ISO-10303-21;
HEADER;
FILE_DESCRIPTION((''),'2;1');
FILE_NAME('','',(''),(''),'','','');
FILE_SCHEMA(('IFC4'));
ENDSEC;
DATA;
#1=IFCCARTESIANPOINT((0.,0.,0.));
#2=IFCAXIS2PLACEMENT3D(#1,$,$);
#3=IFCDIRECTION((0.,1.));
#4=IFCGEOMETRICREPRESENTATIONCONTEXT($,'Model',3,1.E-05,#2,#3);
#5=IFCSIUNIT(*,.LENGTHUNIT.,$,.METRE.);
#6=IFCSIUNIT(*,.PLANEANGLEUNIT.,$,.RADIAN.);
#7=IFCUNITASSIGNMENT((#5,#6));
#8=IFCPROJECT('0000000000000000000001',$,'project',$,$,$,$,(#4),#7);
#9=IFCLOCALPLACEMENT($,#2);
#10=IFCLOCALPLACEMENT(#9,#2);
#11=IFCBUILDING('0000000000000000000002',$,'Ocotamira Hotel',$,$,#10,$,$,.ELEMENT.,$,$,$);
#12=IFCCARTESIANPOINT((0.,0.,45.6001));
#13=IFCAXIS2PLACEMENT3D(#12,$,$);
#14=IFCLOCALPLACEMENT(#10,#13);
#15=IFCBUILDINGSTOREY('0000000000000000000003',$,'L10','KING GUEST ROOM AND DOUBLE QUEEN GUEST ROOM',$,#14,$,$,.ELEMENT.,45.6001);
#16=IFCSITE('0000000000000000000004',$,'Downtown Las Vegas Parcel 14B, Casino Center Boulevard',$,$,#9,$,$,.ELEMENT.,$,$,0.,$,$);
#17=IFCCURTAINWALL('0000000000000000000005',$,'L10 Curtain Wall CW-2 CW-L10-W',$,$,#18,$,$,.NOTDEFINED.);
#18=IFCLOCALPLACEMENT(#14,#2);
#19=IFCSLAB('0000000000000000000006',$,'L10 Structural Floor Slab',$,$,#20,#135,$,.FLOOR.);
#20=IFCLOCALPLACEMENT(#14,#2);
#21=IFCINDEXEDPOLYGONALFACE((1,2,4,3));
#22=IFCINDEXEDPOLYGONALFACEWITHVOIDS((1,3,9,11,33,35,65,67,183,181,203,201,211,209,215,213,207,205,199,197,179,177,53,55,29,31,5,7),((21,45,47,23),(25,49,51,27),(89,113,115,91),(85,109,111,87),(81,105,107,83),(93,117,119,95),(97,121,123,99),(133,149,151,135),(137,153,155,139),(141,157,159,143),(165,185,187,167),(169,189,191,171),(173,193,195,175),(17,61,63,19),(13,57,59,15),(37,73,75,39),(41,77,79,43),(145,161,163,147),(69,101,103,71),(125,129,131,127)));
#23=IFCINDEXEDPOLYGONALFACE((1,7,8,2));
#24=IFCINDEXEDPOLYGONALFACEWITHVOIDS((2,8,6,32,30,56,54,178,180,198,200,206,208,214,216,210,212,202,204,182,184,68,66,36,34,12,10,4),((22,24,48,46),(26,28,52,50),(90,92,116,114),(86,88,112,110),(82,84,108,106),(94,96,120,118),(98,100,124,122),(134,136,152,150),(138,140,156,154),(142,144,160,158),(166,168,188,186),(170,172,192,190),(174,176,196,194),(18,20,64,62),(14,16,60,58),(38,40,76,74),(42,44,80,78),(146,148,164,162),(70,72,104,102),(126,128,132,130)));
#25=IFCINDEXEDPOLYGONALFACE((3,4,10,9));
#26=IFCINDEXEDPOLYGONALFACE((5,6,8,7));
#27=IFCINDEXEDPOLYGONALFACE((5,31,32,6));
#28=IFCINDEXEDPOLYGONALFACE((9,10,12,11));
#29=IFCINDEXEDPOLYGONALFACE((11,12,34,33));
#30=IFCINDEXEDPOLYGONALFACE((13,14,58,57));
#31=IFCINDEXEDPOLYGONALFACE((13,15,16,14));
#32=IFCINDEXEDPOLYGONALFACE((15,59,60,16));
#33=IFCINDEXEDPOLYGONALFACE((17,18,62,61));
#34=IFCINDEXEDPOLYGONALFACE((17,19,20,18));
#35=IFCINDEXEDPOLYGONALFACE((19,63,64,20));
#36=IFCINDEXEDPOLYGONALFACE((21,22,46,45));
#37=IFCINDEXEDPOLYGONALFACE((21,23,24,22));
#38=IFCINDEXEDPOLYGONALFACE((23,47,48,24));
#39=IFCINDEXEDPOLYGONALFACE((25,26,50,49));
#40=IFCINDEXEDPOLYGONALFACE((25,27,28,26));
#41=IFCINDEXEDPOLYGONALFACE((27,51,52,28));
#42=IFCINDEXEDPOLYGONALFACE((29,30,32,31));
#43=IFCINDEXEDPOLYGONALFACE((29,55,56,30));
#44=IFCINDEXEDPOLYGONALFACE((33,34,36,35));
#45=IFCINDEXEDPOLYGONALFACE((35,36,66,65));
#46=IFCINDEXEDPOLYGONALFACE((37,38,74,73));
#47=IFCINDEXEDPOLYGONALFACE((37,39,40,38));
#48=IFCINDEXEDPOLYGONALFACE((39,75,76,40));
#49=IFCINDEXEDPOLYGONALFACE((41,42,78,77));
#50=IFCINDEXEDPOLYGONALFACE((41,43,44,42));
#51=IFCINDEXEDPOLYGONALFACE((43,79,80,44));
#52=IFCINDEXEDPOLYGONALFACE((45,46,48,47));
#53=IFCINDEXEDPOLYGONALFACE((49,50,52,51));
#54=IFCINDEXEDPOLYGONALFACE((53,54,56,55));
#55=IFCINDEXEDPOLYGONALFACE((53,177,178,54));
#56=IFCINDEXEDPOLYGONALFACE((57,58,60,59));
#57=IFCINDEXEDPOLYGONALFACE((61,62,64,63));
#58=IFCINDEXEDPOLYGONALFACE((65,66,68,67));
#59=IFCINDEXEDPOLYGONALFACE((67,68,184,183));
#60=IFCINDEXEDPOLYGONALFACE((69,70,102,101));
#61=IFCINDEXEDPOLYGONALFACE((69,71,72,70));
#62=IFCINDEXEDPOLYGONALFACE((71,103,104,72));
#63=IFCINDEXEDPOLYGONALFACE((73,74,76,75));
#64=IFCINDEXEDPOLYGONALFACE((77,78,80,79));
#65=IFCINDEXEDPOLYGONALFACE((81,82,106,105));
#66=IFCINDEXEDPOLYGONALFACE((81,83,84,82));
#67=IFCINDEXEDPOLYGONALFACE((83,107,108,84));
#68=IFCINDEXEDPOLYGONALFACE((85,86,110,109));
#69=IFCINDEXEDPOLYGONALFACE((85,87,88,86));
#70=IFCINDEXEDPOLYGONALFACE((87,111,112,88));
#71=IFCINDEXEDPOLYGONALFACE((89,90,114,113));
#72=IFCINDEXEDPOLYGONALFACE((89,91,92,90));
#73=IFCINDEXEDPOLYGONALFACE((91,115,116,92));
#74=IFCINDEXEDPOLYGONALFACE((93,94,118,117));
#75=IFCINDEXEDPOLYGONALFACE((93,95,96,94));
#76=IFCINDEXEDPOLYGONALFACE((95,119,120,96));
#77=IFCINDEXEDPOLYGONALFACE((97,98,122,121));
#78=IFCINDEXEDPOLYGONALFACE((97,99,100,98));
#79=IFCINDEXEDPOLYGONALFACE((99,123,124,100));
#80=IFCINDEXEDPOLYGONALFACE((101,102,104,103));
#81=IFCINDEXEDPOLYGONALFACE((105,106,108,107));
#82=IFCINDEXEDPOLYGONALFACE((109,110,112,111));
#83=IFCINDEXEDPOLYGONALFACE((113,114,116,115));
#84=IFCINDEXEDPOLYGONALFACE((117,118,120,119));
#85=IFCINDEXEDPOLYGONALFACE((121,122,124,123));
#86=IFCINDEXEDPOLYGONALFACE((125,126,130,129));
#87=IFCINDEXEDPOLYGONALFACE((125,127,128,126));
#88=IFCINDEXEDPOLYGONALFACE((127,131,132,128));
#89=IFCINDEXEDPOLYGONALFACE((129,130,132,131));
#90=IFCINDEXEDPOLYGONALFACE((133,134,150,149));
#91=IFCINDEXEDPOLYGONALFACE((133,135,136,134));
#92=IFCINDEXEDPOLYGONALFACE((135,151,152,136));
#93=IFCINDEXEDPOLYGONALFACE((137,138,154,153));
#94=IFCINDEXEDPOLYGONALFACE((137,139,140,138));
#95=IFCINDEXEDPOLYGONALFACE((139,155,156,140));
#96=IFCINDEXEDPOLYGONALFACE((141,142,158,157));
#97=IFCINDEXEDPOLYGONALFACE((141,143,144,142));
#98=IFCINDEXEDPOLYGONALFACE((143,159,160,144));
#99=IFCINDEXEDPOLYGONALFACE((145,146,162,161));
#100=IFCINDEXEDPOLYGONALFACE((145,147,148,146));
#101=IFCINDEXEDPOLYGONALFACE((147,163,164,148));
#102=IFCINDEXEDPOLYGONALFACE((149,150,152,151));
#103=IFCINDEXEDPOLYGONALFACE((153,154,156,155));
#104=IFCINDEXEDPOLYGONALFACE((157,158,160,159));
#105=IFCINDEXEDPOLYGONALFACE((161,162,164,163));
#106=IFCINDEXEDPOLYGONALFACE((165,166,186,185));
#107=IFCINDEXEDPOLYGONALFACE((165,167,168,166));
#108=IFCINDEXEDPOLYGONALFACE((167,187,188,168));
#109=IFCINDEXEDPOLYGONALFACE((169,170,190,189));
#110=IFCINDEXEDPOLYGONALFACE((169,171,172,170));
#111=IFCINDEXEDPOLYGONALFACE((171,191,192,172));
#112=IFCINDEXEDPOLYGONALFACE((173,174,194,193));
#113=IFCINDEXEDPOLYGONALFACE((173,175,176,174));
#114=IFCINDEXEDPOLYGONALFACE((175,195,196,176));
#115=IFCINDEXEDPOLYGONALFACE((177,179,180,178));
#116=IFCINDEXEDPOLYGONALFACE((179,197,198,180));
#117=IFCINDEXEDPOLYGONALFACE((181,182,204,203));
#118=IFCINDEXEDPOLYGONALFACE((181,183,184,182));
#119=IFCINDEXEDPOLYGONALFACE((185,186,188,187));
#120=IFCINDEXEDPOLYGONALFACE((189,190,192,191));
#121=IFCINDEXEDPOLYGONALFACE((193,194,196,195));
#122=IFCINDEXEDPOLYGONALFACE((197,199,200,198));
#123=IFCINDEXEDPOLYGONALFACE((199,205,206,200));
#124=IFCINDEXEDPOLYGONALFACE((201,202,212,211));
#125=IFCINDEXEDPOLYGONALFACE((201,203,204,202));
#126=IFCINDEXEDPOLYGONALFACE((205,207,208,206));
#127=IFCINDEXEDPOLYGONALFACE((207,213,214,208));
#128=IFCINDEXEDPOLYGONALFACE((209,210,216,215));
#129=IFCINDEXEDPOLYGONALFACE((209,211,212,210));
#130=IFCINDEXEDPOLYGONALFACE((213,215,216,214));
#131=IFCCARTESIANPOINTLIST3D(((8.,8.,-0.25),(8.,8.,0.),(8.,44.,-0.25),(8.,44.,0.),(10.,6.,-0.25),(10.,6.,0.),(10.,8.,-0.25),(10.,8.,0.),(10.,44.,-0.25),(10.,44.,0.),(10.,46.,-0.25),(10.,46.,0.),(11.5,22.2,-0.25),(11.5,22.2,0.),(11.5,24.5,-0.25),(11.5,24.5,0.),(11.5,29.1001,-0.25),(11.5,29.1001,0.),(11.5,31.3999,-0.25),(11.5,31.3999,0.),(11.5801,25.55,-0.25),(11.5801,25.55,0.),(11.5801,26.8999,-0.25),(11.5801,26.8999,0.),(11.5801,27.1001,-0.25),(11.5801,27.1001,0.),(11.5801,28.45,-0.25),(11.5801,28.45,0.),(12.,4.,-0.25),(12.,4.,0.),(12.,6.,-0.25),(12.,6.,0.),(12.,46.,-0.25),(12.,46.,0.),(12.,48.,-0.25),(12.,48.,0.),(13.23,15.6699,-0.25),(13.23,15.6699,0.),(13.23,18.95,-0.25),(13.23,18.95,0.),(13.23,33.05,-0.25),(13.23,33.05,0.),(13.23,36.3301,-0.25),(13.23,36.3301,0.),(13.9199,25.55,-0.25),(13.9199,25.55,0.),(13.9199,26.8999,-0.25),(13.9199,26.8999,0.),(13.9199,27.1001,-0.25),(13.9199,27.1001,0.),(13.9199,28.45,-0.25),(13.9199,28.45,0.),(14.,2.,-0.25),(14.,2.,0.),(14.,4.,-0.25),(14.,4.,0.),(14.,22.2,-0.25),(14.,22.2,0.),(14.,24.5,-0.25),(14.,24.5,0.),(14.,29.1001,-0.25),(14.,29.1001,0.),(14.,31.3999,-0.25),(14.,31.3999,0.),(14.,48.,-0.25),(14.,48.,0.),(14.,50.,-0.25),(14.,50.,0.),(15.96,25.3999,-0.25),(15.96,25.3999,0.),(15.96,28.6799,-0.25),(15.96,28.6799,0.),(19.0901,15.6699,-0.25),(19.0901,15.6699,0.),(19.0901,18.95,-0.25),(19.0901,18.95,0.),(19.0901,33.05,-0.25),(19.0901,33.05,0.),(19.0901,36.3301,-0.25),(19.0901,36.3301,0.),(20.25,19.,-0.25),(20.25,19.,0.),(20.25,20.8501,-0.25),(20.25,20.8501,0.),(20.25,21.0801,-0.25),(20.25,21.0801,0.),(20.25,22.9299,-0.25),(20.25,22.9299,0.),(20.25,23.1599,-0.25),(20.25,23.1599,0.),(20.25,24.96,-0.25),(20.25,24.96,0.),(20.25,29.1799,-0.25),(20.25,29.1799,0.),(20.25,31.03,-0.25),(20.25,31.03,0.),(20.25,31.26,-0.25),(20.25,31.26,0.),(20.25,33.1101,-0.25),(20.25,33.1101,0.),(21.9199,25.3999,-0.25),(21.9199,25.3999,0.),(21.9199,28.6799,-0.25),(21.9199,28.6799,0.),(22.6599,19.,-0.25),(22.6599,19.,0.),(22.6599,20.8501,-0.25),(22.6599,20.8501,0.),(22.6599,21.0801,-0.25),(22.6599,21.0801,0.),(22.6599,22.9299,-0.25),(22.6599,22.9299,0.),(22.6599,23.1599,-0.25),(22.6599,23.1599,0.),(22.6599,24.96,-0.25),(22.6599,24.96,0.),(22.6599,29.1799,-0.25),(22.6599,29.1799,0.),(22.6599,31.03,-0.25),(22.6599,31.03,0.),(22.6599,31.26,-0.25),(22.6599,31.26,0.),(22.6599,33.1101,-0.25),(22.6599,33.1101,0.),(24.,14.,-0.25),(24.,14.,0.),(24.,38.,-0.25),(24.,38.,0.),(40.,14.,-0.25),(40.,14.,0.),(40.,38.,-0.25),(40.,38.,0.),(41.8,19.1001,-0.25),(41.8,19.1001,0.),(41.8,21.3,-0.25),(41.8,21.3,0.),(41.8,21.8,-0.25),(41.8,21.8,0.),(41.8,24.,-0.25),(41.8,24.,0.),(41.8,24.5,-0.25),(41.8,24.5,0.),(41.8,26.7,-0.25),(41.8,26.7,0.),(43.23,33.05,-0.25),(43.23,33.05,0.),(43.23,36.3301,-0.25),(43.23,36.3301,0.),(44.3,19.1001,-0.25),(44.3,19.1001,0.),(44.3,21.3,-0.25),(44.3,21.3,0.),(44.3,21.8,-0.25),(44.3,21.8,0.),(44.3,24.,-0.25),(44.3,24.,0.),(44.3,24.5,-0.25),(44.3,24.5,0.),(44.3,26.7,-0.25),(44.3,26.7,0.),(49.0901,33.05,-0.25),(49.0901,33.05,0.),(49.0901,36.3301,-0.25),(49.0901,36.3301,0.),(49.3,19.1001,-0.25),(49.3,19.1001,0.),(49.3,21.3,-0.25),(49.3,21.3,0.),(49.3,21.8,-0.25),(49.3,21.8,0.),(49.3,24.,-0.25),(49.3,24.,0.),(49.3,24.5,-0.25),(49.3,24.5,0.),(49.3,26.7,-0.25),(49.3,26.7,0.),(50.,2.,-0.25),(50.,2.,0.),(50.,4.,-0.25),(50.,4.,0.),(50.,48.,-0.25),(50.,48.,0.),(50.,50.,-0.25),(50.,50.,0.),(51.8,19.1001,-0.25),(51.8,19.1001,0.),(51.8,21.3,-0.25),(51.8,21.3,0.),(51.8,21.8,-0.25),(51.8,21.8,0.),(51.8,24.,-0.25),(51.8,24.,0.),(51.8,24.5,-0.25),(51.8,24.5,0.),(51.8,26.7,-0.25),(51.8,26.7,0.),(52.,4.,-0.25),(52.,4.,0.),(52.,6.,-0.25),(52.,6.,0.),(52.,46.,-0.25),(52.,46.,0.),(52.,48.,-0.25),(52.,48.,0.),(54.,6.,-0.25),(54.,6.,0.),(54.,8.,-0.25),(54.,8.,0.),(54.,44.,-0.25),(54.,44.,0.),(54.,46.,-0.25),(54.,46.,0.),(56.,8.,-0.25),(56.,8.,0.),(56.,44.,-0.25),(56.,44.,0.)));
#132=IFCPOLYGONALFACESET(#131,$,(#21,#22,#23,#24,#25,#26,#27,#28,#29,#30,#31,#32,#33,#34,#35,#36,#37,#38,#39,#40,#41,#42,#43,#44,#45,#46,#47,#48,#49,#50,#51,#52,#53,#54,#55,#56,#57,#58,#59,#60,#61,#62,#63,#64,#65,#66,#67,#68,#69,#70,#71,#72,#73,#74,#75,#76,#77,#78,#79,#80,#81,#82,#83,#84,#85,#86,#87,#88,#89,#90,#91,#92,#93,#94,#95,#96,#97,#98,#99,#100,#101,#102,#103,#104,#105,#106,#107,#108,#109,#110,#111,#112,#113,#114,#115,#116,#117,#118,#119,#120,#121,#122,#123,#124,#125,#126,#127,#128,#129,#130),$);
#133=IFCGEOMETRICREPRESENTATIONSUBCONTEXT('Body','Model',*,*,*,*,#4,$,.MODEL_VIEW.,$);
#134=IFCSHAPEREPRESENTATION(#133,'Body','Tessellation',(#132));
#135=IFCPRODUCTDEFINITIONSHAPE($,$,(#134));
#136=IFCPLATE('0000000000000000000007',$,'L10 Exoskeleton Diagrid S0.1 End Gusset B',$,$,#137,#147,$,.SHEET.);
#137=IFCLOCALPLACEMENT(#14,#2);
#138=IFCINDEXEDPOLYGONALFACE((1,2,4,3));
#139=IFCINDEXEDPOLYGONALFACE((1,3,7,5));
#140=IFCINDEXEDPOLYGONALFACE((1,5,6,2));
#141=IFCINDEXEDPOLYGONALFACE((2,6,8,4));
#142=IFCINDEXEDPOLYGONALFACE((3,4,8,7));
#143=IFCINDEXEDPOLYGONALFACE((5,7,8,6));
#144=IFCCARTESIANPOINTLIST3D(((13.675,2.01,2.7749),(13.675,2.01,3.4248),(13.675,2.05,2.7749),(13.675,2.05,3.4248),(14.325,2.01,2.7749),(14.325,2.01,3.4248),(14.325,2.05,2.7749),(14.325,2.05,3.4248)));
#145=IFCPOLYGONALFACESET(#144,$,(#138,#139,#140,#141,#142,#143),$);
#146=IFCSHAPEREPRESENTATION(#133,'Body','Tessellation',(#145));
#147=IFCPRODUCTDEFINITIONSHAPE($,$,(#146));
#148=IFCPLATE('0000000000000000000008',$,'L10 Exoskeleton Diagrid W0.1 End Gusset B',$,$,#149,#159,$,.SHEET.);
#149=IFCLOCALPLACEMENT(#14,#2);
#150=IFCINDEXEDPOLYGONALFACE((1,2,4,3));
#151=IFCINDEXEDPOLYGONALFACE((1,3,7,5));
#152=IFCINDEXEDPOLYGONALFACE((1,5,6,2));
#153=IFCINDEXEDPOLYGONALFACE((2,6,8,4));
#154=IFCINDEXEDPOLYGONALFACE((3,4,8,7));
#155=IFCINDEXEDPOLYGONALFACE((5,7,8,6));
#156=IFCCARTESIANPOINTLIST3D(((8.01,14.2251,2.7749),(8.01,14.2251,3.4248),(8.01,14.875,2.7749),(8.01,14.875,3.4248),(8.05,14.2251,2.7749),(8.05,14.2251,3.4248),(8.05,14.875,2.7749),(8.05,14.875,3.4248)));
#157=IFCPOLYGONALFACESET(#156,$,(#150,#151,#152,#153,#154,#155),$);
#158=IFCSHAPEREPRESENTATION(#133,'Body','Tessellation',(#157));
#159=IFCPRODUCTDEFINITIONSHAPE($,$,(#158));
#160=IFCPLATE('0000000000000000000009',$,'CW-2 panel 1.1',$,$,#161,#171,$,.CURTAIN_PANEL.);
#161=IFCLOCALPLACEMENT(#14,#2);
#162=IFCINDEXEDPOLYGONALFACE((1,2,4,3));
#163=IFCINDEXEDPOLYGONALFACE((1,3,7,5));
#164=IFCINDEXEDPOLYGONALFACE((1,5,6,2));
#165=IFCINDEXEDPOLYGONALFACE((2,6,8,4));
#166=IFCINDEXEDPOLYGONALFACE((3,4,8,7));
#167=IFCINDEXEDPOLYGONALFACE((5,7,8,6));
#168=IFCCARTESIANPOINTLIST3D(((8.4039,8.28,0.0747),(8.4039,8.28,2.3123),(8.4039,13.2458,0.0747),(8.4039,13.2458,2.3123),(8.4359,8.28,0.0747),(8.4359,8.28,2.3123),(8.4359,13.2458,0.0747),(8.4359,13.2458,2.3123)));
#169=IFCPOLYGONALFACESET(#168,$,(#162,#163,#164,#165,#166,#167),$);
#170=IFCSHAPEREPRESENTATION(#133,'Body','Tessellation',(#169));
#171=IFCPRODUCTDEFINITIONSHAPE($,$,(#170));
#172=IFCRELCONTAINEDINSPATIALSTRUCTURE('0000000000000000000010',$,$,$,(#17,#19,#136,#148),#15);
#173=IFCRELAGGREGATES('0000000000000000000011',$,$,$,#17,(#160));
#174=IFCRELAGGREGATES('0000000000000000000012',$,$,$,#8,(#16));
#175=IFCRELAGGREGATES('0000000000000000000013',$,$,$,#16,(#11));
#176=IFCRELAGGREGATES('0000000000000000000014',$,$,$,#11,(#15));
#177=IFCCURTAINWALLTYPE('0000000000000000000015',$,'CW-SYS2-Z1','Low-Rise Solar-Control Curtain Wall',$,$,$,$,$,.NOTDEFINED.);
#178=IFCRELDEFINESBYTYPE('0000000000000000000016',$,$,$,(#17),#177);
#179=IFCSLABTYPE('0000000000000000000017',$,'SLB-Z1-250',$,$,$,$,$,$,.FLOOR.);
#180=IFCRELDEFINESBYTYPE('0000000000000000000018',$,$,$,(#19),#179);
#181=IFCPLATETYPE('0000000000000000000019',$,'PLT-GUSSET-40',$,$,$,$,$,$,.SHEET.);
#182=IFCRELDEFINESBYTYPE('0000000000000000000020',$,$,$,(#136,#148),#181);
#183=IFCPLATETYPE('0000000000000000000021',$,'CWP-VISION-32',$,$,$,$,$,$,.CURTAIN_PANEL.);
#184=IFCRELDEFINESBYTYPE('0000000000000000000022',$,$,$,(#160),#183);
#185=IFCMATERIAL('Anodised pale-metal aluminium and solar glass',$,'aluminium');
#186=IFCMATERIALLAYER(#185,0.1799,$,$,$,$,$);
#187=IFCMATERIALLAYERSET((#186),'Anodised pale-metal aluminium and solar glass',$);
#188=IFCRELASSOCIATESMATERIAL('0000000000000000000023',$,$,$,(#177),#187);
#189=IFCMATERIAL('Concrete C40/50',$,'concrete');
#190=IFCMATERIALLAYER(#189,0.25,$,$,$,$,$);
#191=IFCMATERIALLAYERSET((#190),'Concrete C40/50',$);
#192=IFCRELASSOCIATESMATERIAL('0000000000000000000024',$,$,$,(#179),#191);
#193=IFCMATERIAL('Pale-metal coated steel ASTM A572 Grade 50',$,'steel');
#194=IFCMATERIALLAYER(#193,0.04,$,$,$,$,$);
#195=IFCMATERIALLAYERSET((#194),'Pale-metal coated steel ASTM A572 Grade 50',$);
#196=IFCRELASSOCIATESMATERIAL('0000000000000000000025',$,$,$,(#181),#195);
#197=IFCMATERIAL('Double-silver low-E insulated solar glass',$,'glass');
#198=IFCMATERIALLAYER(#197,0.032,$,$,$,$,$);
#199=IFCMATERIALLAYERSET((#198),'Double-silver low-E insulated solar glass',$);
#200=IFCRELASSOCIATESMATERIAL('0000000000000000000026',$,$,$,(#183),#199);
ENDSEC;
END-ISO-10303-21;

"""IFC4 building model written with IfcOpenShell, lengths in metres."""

from ifc_helpers import new_model, si_unit, direction, frame, origin, origin_2d, place, context, subcontext, project, spatial, polyline, rectangle, outline, extrude, source, transform, mapped, material, layer, layer_set, type_object, element, aggregate, save


model = new_model("IFC4")

# Units and contexts
model_context = context("Model", 3, precision=1e-05, world=origin(), true_north=direction((0.0, 1.0)))
body_context = subcontext(model_context, "Body", "Model", "MODEL_VIEW")
ifc_project = project(units=[si_unit("LENGTHUNIT", "METRE"), si_unit("PLANEANGLEUNIT", "RADIAN")], contexts=[model_context])

# Site, building, storey
site_placement = place(None, origin())
site = spatial("IfcSite", under=ifc_project, at=site_placement, Name="Downtown Las Vegas Parcel 14B, Casino Center Boulevard", CompositionType="ELEMENT", RefElevation=0.0)
building_placement = place(site_placement, origin())
building = spatial("IfcBuilding", under=site, at=building_placement, Name="Ocotamira Hotel", CompositionType="ELEMENT")
storey_placement = place(building_placement, frame((0.0, 0.0, 45.6001)))
storey = spatial("IfcBuildingStorey", under=building, at=storey_placement, Name="L10", Description="KING GUEST ROOM AND DOUBLE QUEEN GUEST ROOM", CompositionType="ELEMENT", Elevation=45.6001)

# Curtain wall
ifc_material_1 = material(Name="Anodised pale-metal aluminium and solar glass", Category="aluminium")
ifc_layer_1 = layer(ifc_material_1, 0.1799)
ifc_layer_set_1 = layer_set([ifc_layer_1], Name="Anodised pale-metal aluminium and solar glass")
curtain_wall_type = type_object("IfcCurtainWallType", Name="CW-SYS2-Z1", Description="Low-Rise Solar-Control Curtain Wall", PredefinedType="NOTDEFINED", material=ifc_layer_set_1)
curtain_wall_placement = place(storey_placement, origin())
curtain_wall = element("IfcCurtainWall", 1, at=curtain_wall_placement, inside=storey, type_object=curtain_wall_type, Name="L10 Curtain Wall CW-2 CW-L10-W", PredefinedType="NOTDEFINED")

# Shared definitions
ifc_material_2 = material(Name="Concrete C40/50", Category="concrete")

# Slab
ifc_layer_2 = layer(ifc_material_2, 0.25)
ifc_layer_set_2 = layer_set([ifc_layer_2], Name="Concrete C40/50")
slab_type_1 = type_object("IfcSlabType", Name="SLB-Z1-250", PredefinedType="FLOOR", material=ifc_layer_set_2)
slab_1_placement = place(storey_placement, frame((0.0, 0.0, -0.25)))
element("IfcSlab", 2, at=slab_1_placement, inside=storey, type_object=slab_type_1, Name="L10 Structural Floor Slab", PredefinedType="FLOOR", context=body_context, shape_type="SweptSolid", body=[
    extrude(outline(polyline([(14.0, 2.0), (50.0, 2.0), (50.0, 4.0), (52.0, 4.0), (52.0, 6.0), (54.0, 6.0), (54.0, 8.0), (56.0, 8.0), (56.0, 44.0), (54.0, 44.0), (54.0, 46.0), (52.0, 46.0), (52.0, 48.0), (50.0, 48.0), (50.0, 50.0), (14.0, 50.0), (14.0, 48.0), (12.0, 48.0), (12.0, 46.0), (10.0, 46.0), (10.0, 44.0), (8.0, 44.0), (8.0, 8.0), (10.0, 8.0), (10.0, 6.0), (12.0, 6.0), (12.0, 4.0), (14.0, 4.0), (14.0, 2.0)]), holes=[polyline([(24.0, 14.0), (40.0, 14.0), (40.0, 38.0), (24.0, 38.0), (24.0, 14.0)]), polyline([(13.23, 15.6699), (19.0901, 15.6699), (19.0901, 18.95), (13.23, 18.95), (13.23, 15.6699)]), polyline([(13.23, 33.05), (19.0901, 33.05), (19.0901, 36.3301), (13.23, 36.3301), (13.23, 33.05)]), polyline([(15.96, 25.3999), (21.9199, 25.3999), (21.9199, 28.6799), (15.96, 28.6799), (15.96, 25.3999)]), polyline([(43.23, 33.05), (49.0901, 33.05), (49.0901, 36.3301), (43.23, 36.3301), (43.23, 33.05)]), polyline([(49.3, 19.1001), (51.8, 19.1001), (51.8, 21.3), (49.3, 21.3), (49.3, 19.1001)]), polyline([(49.3, 21.8), (51.8, 21.8), (51.8, 24.0), (49.3, 24.0), (49.3, 21.8)]), polyline([(49.3, 24.5), (51.8, 24.5), (51.8, 26.7), (49.3, 26.7), (49.3, 24.5)]), polyline([(41.8, 19.1001), (44.3, 19.1001), (44.3, 21.3), (41.8, 21.3), (41.8, 19.1001)]), polyline([(41.8, 21.8), (44.3, 21.8), (44.3, 24.0), (41.8, 24.0), (41.8, 21.8)]), polyline([(41.8, 24.5), (44.3, 24.5), (44.3, 26.7), (41.8, 26.7), (41.8, 24.5)]), polyline([(20.25, 19.0), (22.6599, 19.0), (22.6599, 20.8501), (20.25, 20.8501), (20.25, 19.0)]), polyline([(20.25, 21.0801), (22.6599, 21.0801), (22.6599, 22.9299), (20.25, 22.9299), (20.25, 21.0801)]), polyline([(20.25, 23.1599), (22.6599, 23.1599), (22.6599, 24.96), (20.25, 24.96), (20.25, 23.1599)]), polyline([(20.25, 29.1799), (22.6599, 29.1799), (22.6599, 31.03), (20.25, 31.03), (20.25, 29.1799)]), polyline([(20.25, 31.26), (22.6599, 31.26), (22.6599, 33.1101), (20.25, 33.1101), (20.25, 31.26)]), polyline([(11.5, 22.2), (14.0, 22.2), (14.0, 24.5), (11.5, 24.5), (11.5, 22.2)]), polyline([(11.5, 29.1001), (14.0, 29.1001), (14.0, 31.3999), (11.5, 31.3999), (11.5, 29.1001)]), polyline([(11.5801, 25.55), (13.9199, 25.55), (13.9199, 26.8999), (11.5801, 26.8999), (11.5801, 25.55)]), polyline([(11.5801, 27.1001), (13.9199, 27.1001), (13.9199, 28.45), (11.5801, 28.45), (11.5801, 27.1001)])]), origin(), (0.0, 0.0, 1.0), 0.25),
])

# Plates
ifc_material_3 = material(Name="Pale-metal coated steel ASTM A572 Grade 50", Category="steel")
ifc_layer_3 = layer(ifc_material_3, 0.04)
ifc_layer_set_3 = layer_set([ifc_layer_3], Name="Pale-metal coated steel ASTM A572 Grade 50")
plate_type_1 = type_object("IfcPlateType", Name="PLT-GUSSET-40", PredefinedType="SHEET", material=ifc_layer_set_3)
shared_shape_1 = source(origin(), body_context, "Body", "SweptSolid", [
    extrude(rectangle(XDim=0.6499, YDim=0.04, at=origin_2d()), origin(), (0.0, 0.0, 1.0), 0.6499),
])
plate_1_placement = place(storey_placement, frame((14.0, 2.03, 2.7749), z_axis=(0.0, 0.0, 1.0), x_axis=(-1.0, 0.0, 0.0)))
element("IfcPlate", 3, at=plate_1_placement, inside=storey, type_object=plate_type_1, Name="L10 Exoskeleton Diagrid S0.1 End Gusset B", PredefinedType="SHEET", context=body_context, shape_type="MappedRepresentation", body=[
    mapped(shared_shape_1, transform((0.0, 0.0, 0.0), scale=1.0)),
])
shared_shape_2 = source(origin(), body_context, "Body", "SweptSolid", [
    extrude(rectangle(XDim=0.04, YDim=0.6499, at=origin_2d()), origin(), (0.0, 0.0, 1.0), 0.6499),
])
plate_2_placement = place(storey_placement, frame((8.03, 14.55, 2.7749), z_axis=(0.0, 0.0, 1.0), x_axis=(1.0, 0.0, 0.0)))
element("IfcPlate", 4, at=plate_2_placement, inside=storey, type_object=plate_type_1, Name="L10 Exoskeleton Diagrid W0.1 End Gusset B", PredefinedType="SHEET", context=body_context, shape_type="MappedRepresentation", body=[
    mapped(shared_shape_2, transform((0.0, 0.0, 0.0), scale=1.0)),
])

# Plate
ifc_material_4 = material(Name="Double-silver low-E insulated solar glass", Category="glass")
ifc_layer_4 = layer(ifc_material_4, 0.032)
ifc_layer_set_4 = layer_set([ifc_layer_4], Name="Double-silver low-E insulated solar glass")
plate_type_2 = type_object("IfcPlateType", Name="CWP-VISION-32", PredefinedType="CURTAIN_PANEL", material=ifc_layer_set_4)
shared_shape_3 = source(origin(), body_context, "Body", "SweptSolid", [
    extrude(rectangle(XDim=4.9658, YDim=0.032, at=origin_2d()), origin(), (0.0, 0.0, 1.0), 2.2375),
])
plate_3_placement = place(storey_placement, frame((8.4199, 10.7629, 0.0747), z_axis=(0.0, 0.0, 1.0), x_axis=(0.0, 1.0, 0.0)))
plate_3 = element("IfcPlate", 5, at=plate_3_placement, type_object=plate_type_2, Name="CW-2 panel 1.1", PredefinedType="CURTAIN_PANEL", context=body_context, shape_type="MappedRepresentation", body=[
    mapped(shared_shape_3, transform((0.0, 0.0, 0.0), scale=1.0)),
])
aggregate(curtain_wall, [plate_3])

save(model, "model.ifc")
